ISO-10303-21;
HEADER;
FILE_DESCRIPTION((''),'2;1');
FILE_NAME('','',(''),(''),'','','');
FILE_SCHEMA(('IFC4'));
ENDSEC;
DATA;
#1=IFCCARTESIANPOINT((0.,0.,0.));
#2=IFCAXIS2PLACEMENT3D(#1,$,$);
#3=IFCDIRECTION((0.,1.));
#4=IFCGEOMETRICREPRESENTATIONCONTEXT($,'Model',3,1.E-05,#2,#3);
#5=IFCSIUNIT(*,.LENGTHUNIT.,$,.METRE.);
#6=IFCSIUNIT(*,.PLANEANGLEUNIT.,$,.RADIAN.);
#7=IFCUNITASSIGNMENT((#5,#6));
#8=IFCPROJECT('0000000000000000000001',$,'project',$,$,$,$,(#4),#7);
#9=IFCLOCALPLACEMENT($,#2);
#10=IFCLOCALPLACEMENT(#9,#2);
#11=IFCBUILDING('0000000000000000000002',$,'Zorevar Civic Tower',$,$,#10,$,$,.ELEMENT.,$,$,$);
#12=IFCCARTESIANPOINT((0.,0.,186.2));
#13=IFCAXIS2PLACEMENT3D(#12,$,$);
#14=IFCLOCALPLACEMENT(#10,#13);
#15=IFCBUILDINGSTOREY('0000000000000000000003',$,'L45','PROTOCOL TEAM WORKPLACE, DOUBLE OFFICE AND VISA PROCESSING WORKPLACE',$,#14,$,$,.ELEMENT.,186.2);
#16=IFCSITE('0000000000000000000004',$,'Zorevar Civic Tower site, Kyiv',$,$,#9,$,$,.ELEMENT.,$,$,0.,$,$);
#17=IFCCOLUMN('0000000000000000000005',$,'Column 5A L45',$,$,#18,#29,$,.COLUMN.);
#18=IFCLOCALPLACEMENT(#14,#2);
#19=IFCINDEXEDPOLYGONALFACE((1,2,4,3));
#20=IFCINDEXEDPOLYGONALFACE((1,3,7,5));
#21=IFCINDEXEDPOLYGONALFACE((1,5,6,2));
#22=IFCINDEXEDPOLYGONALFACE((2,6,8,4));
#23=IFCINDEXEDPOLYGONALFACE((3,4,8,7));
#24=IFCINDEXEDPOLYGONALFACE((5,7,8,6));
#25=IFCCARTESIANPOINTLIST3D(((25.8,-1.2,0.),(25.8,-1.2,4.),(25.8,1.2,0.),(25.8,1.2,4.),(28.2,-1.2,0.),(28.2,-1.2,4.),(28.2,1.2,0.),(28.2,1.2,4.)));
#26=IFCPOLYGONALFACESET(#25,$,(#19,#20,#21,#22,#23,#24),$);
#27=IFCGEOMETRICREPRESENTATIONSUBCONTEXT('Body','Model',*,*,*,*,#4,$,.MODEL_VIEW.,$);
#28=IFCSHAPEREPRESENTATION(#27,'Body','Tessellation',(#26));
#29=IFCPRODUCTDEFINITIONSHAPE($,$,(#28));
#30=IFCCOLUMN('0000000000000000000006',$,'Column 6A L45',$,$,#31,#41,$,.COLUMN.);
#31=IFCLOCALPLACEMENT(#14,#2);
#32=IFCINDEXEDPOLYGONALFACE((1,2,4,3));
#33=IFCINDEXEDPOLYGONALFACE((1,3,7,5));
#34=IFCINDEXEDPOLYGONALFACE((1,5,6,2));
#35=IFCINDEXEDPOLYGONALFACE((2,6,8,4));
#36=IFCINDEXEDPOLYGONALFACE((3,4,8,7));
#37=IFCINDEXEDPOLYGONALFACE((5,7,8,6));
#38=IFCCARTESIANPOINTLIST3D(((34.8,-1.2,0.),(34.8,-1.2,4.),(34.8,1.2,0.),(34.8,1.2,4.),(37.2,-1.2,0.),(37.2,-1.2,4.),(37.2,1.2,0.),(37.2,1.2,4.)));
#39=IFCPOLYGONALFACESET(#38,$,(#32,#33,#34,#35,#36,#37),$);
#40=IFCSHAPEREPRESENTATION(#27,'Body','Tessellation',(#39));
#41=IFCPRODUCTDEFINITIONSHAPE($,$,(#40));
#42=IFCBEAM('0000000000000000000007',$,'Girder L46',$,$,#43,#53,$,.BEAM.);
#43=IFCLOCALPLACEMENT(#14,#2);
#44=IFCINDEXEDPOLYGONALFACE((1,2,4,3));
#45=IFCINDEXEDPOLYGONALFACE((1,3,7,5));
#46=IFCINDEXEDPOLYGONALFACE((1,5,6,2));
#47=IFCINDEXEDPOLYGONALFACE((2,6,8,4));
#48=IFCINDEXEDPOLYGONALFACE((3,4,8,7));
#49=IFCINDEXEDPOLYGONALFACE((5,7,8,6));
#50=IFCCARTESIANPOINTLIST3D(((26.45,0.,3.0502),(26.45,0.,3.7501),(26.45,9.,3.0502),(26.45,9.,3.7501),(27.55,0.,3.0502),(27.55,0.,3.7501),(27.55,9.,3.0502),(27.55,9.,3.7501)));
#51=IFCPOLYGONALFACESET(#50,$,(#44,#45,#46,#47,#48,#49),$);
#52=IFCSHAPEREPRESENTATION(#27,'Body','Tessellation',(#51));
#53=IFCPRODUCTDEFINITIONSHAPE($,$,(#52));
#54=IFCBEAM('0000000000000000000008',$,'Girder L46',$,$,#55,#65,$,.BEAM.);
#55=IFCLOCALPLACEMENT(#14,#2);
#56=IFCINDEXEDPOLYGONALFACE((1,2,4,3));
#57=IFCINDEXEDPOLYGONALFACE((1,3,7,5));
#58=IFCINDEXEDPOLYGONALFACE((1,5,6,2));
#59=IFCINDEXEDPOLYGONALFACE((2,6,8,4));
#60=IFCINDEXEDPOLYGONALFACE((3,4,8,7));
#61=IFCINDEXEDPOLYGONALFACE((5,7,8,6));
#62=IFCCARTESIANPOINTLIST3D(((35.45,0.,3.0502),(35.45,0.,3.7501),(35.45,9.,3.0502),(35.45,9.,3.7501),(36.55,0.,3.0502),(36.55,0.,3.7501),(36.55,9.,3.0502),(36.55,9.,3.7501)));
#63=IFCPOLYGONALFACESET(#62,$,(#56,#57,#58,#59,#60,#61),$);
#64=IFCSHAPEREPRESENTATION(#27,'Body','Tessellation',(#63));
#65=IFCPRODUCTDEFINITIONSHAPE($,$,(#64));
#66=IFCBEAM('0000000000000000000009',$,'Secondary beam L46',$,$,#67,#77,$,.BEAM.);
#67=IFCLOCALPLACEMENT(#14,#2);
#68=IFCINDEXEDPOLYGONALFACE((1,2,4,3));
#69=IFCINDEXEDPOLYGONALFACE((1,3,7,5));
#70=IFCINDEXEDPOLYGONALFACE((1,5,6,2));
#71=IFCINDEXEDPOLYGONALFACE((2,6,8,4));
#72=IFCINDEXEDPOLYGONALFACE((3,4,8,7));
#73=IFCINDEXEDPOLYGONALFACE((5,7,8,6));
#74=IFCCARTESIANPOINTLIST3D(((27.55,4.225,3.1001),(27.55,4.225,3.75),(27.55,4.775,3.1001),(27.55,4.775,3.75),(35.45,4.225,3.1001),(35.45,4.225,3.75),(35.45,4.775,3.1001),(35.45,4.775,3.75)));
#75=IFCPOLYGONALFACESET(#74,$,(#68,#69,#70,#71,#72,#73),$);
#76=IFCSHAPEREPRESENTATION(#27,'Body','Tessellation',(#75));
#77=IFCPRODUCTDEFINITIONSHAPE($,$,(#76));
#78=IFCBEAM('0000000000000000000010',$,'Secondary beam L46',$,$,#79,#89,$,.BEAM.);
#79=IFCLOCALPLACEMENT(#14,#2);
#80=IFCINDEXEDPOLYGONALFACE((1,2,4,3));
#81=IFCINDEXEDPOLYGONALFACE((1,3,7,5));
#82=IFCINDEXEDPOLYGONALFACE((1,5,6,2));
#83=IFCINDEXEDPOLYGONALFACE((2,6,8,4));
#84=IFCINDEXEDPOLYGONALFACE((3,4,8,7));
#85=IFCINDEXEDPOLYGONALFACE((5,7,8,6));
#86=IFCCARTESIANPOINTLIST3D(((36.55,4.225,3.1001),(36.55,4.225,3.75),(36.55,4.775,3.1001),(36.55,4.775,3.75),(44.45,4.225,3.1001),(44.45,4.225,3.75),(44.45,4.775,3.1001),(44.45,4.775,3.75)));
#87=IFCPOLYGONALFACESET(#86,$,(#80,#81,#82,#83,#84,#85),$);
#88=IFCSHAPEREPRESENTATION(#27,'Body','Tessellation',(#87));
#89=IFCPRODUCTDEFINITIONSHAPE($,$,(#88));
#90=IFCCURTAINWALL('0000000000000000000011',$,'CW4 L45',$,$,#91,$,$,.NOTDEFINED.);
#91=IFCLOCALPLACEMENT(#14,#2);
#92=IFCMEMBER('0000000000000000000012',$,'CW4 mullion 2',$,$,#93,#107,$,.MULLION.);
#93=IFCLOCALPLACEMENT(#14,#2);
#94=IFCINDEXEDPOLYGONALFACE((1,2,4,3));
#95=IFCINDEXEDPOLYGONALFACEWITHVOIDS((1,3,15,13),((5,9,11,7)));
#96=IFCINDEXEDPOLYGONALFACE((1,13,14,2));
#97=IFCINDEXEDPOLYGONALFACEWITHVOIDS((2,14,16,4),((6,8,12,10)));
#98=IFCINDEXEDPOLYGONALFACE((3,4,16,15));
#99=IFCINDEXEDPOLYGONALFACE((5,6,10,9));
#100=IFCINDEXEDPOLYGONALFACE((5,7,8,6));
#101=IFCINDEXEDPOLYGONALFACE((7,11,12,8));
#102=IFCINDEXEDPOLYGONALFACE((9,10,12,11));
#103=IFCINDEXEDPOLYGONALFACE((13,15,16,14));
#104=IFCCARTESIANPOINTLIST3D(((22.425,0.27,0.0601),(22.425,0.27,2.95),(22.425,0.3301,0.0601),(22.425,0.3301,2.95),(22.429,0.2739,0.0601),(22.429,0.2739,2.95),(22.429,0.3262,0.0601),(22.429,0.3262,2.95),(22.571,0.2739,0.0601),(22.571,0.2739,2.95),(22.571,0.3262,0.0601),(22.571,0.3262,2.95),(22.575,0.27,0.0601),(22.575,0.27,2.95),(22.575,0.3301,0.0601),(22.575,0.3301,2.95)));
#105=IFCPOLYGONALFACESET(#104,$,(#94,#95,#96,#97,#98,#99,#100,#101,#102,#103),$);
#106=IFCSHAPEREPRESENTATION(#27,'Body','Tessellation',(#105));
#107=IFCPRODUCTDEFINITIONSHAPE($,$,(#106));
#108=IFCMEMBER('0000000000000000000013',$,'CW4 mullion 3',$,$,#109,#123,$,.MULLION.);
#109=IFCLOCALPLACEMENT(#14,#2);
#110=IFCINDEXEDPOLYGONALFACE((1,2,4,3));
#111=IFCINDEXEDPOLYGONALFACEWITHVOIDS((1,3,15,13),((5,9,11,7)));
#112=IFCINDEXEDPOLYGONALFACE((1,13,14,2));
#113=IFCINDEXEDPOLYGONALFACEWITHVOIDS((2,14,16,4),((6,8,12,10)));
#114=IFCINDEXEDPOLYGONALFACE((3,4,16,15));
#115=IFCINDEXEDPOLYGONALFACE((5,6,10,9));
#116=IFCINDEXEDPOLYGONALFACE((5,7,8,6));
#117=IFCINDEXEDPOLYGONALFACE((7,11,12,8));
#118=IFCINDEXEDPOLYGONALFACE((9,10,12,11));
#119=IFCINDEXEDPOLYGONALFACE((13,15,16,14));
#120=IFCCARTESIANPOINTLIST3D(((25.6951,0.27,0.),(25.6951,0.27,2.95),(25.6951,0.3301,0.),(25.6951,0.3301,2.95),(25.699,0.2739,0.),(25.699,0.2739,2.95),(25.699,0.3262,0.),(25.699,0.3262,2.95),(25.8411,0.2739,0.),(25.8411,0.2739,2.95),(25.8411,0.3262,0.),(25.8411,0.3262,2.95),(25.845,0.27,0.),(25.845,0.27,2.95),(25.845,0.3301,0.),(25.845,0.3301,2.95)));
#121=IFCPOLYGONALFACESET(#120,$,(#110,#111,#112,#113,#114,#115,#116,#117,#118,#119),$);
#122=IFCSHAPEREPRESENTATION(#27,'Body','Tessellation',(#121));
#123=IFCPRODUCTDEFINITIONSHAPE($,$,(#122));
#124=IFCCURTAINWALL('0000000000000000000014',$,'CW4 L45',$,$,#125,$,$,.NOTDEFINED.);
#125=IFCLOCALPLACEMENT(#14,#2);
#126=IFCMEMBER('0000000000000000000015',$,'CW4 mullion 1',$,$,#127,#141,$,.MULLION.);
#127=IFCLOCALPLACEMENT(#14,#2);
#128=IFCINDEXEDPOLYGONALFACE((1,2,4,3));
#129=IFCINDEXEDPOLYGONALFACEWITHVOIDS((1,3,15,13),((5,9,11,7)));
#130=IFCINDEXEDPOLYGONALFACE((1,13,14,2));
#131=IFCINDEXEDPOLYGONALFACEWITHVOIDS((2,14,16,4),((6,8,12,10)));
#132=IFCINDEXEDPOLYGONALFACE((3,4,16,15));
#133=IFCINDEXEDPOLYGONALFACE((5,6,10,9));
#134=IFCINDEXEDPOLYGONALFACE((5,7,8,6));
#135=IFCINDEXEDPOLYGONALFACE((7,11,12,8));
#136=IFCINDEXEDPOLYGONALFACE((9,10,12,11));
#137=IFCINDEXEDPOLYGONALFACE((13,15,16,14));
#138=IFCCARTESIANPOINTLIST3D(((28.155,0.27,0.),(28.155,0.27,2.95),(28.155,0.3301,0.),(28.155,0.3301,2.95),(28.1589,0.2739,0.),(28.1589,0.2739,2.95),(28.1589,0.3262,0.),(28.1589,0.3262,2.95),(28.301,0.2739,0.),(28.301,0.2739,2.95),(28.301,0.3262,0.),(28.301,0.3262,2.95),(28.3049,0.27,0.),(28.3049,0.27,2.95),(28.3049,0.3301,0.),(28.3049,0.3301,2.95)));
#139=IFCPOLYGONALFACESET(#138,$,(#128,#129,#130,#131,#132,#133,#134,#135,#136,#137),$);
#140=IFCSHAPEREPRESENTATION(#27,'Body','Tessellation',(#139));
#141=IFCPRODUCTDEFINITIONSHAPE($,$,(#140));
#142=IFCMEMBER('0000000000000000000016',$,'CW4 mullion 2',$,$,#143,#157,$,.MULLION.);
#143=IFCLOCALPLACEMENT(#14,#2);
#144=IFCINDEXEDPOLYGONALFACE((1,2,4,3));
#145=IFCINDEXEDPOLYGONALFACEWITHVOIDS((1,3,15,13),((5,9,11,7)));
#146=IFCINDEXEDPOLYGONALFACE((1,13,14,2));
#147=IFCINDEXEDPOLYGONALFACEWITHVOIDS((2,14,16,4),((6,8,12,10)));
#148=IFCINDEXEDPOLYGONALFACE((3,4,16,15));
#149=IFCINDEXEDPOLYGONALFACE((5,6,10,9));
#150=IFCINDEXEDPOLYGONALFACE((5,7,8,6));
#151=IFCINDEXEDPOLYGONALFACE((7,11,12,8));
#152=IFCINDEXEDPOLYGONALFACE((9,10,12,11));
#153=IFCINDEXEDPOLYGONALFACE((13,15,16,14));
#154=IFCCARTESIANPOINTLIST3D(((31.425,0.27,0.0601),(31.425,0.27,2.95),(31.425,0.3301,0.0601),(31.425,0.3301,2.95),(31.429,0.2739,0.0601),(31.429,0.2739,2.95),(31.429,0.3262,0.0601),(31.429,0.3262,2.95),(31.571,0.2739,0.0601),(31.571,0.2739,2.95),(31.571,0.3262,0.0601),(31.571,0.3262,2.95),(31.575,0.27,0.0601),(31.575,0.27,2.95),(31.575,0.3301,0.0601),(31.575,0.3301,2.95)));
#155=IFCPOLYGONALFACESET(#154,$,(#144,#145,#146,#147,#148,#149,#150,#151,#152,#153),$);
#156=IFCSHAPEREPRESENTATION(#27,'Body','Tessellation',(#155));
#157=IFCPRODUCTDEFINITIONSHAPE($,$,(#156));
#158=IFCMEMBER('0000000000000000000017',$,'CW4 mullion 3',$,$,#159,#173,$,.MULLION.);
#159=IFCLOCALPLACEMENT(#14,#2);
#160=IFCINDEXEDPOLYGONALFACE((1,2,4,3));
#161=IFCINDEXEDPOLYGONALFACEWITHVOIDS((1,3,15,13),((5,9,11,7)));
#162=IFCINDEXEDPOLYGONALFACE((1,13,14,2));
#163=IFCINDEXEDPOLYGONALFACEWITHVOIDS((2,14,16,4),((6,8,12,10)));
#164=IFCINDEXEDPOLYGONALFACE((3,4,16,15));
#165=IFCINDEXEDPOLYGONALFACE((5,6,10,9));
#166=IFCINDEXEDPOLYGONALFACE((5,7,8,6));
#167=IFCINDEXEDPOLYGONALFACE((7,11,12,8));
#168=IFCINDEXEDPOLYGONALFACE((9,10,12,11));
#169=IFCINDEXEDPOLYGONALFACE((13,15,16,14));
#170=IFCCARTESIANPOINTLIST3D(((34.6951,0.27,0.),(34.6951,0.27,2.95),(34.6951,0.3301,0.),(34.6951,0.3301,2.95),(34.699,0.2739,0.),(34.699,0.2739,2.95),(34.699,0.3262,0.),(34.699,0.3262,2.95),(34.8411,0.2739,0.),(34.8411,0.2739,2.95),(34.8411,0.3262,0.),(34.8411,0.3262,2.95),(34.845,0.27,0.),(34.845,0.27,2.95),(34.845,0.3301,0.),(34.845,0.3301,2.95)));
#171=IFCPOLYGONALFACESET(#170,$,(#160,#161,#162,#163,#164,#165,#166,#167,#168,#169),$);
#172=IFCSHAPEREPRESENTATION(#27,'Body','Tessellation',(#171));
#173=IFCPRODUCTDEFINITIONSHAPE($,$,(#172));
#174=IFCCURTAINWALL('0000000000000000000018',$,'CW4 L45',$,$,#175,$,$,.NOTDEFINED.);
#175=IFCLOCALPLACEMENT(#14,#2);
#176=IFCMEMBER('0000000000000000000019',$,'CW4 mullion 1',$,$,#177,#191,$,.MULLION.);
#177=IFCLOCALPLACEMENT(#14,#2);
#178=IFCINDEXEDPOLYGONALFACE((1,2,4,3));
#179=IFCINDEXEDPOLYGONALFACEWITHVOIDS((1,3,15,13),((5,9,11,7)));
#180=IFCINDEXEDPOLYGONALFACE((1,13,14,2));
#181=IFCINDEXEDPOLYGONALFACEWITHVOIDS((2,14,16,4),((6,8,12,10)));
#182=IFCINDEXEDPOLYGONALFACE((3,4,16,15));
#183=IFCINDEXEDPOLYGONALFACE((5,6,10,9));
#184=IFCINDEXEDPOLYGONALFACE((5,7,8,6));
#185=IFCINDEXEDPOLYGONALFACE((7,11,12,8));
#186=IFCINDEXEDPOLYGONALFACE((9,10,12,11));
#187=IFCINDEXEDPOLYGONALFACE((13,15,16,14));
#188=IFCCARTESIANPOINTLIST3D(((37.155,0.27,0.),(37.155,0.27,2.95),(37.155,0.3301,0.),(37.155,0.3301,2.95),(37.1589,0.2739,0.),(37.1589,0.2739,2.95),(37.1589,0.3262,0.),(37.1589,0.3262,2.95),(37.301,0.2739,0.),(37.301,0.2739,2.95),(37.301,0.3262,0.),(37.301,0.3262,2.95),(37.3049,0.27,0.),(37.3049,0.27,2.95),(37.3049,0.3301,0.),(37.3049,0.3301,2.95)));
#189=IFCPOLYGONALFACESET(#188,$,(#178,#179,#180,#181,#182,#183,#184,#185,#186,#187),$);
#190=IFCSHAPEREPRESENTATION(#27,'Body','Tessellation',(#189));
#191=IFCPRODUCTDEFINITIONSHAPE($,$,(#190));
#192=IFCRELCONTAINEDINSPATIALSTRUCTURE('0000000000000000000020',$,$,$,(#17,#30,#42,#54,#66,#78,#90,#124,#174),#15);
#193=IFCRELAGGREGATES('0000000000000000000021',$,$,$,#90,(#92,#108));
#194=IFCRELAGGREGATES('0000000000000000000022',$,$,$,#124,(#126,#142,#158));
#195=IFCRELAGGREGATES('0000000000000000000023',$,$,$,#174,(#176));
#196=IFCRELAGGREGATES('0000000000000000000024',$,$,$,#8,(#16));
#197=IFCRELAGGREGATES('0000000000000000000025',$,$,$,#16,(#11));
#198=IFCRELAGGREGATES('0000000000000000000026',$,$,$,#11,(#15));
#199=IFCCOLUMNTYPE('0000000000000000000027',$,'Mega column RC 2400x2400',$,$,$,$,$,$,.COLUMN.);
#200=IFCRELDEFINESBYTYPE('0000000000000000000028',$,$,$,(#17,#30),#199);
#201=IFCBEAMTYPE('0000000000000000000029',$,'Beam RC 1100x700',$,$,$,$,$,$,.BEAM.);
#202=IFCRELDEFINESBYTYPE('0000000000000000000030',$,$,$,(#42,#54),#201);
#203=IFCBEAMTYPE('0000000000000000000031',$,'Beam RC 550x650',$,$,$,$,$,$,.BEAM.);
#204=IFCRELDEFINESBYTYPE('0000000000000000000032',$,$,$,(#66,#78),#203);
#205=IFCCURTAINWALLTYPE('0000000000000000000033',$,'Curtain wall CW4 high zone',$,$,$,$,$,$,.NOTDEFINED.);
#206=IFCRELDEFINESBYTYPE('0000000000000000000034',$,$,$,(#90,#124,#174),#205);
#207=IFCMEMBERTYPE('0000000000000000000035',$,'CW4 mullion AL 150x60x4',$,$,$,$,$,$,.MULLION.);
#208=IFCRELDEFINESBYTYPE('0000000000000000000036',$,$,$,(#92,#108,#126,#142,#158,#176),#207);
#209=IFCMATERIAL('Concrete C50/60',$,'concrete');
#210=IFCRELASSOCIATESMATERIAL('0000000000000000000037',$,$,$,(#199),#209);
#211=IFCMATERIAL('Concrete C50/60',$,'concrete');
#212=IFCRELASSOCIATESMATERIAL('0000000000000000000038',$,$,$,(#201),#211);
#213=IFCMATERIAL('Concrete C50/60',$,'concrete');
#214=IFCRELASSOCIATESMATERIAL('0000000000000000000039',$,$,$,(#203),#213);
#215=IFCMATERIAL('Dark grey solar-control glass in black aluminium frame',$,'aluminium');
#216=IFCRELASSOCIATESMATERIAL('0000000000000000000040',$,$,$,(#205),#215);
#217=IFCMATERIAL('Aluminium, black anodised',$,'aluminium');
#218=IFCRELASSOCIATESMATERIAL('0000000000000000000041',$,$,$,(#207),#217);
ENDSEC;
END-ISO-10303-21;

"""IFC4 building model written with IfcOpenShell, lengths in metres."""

from ifc_helpers import new_model, si_unit, direction, frame, origin, origin_2d, place, context, subcontext, project, spatial, rectangle, hollow_rectangle, extrude, material, material_profile, profile_set, type_object, element, aggregate, save


model = new_model("IFC4")

# Units and contexts
model_context = context("Model", 3, precision=1e-05, world=origin(), true_north=direction((0.0, 1.0)))
body_context = subcontext(model_context, "Body", "Model", "MODEL_VIEW")
ifc_project = project(units=[si_unit("LENGTHUNIT", "METRE"), si_unit("PLANEANGLEUNIT", "RADIAN")], contexts=[model_context])

# Site, building, storey
site_placement = place(None, origin())
site = spatial("IfcSite", under=ifc_project, at=site_placement, Name="Zorevar Civic Tower site, Kyiv", CompositionType="ELEMENT", RefElevation=0.0)
building_placement = place(site_placement, origin())
building = spatial("IfcBuilding", under=site, at=building_placement, Name="Zorevar Civic Tower", CompositionType="ELEMENT")
storey_placement = place(building_placement, frame((0.0, 0.0, 186.2)))
storey = spatial("IfcBuildingStorey", under=building, at=storey_placement, Name="L45", Description="PROTOCOL TEAM WORKPLACE, DOUBLE OFFICE AND VISA PROCESSING WORKPLACE", CompositionType="ELEMENT", Elevation=186.2)

# Columns
ifc_material_1 = material(Name="Concrete C50/60", Category="concrete")
ifc_material_profile_1 = material_profile(ifc_material_1, rectangle(XDim=2.3999, YDim=2.3999, at=origin_2d()), Name="RC 2400x2400")
ifc_profile_set_1 = profile_set([ifc_material_profile_1], Name="Concrete C50/60")
column_type = type_object("IfcColumnType", Name="Mega column RC 2400x2400", PredefinedType="COLUMN", material=ifc_profile_set_1)
for number, where, z_axis, x_axis, name in (
    (1, (27.0, 0.0, 0.0), (0.0, 0.0, 1.0), (1.0, 0.0, 0.0), "Column 5A L45"),
    (2, (36.0, 0.0, 0.0), (0.0, 0.0, 1.0), (1.0, 0.0, 0.0), "Column 6A L45"),
):
    element("IfcColumn", number, at=place(storey_placement, frame(where, z_axis=z_axis, x_axis=x_axis)), inside=storey, type_object=column_type, Name=name, PredefinedType="COLUMN", context=body_context, shape_type="SweptSolid", body=[
        extrude(rectangle(XDim=2.3999, YDim=2.3999, at=origin_2d()), origin(), (0.0, 0.0, 1.0), 4.0),
    ])

# Beams
ifc_material_2 = material(Name="Concrete C50/60", Category="concrete")
ifc_material_profile_2 = material_profile(ifc_material_2, rectangle(XDim=1.1001, YDim=0.7, at=origin_2d()), Name="RC 1100x700")
ifc_profile_set_2 = profile_set([ifc_material_profile_2], Name="Concrete C50/60")
beam_type_1 = type_object("IfcBeamType", Name="Beam RC 1100x700", PredefinedType="BEAM", material=ifc_profile_set_2)
for number, where, z_axis, x_axis, name in (
    (3, (27.0, 0.0, 3.4001), (0.0, 1.0, 0.0), (-1.0, 0.0, 0.0), "Girder L46"),
    (4, (36.0, 0.0, 3.4001), (0.0, 1.0, 0.0), (-1.0, 0.0, 0.0), "Girder L46"),
):
    element("IfcBeam", number, at=place(storey_placement, frame(where, z_axis=z_axis, x_axis=x_axis)), inside=storey, type_object=beam_type_1, Name=name, PredefinedType="BEAM", context=body_context, shape_type="SweptSolid", body=[
        extrude(rectangle(XDim=1.1001, YDim=0.7, at=origin_2d()), origin(), (0.0, 0.0, 1.0), 9.0),
    ])
ifc_material_3 = material(Name="Concrete C50/60", Category="concrete")
ifc_material_profile_3 = material_profile(ifc_material_3, rectangle(XDim=0.55, YDim=0.6499, at=origin_2d()), Name="RC 550x650")
ifc_profile_set_3 = profile_set([ifc_material_profile_3], Name="Concrete C50/60")
beam_type_2 = type_object("IfcBeamType", Name="Beam RC 550x650", PredefinedType="BEAM", material=ifc_profile_set_3)
for number, where, z_axis, x_axis, name in (
    (5, (27.55, 4.5, 3.425), (1.0, 0.0, 0.0), (0.0, 1.0, 0.0), "Secondary beam L46"),
    (6, (36.55, 4.5, 3.425), (1.0, 0.0, 0.0), (0.0, 1.0, 0.0), "Secondary beam L46"),
):
    element("IfcBeam", number, at=place(storey_placement, frame(where, z_axis=z_axis, x_axis=x_axis)), inside=storey, type_object=beam_type_2, Name=name, PredefinedType="BEAM", context=body_context, shape_type="SweptSolid", body=[
        extrude(rectangle(XDim=0.55, YDim=0.6499, at=origin_2d()), origin(), (0.0, 0.0, 1.0), 7.8999),
    ])

# Curtain walls, members
ifc_material_4 = material(Name="Dark grey solar-control glass in black aluminium frame", Category="aluminium")
curtain_wall_type = type_object("IfcCurtainWallType", Name="Curtain wall CW4 high zone", PredefinedType="NOTDEFINED", material=ifc_material_4)
curtain_wall_1_placement = place(storey_placement, origin())
curtain_wall_1 = element("IfcCurtainWall", 7, at=curtain_wall_1_placement, inside=storey, type_object=curtain_wall_type, Name="CW4 L45", PredefinedType="NOTDEFINED")
ifc_material_5 = material(Name="Aluminium, black anodised", Category="aluminium")
ifc_material_profile_4 = material_profile(ifc_material_5, hollow_rectangle(XDim=0.0601, YDim=0.1499, WallThickness=0.0039, at=origin_2d()), Name="AL 150x60x4")
ifc_profile_set_4 = profile_set([ifc_material_profile_4], Name="Aluminium, black anodised")
member_type_1 = type_object("IfcMemberType", Name="CW4 mullion AL 150x60x4", PredefinedType="MULLION", material=ifc_profile_set_4)
member_1_placement = place(storey_placement, frame((22.5, 0.3, 0.0601), z_axis=(0.0, 0.0, 1.0), x_axis=(0.0, 1.0, 0.0)))
member_1 = element("IfcMember", 8, at=member_1_placement, type_object=member_type_1, Name="CW4 mullion 2", PredefinedType="MULLION", context=body_context, shape_type="SweptSolid", body=[
    extrude(hollow_rectangle(XDim=0.0601, YDim=0.1499, WallThickness=0.0039, at=origin_2d()), origin(), (0.0, 0.0, 1.0), 2.8899),
])
member_2_placement = place(storey_placement, frame((25.77, 0.3, 0.0), z_axis=(0.0, 0.0, 1.0), x_axis=(0.0, 1.0, 0.0)))
member_2 = element("IfcMember", 9, at=member_2_placement, type_object=member_type_1, Name="CW4 mullion 3", PredefinedType="MULLION", context=body_context, shape_type="SweptSolid", body=[
    extrude(hollow_rectangle(XDim=0.0601, YDim=0.1499, WallThickness=0.0039, at=origin_2d()), origin(), (0.0, 0.0, 1.0), 2.95),
])
curtain_wall_2_placement = place(storey_placement, origin())
curtain_wall_2 = element("IfcCurtainWall", 10, at=curtain_wall_2_placement, inside=storey, type_object=curtain_wall_type, Name="CW4 L45", PredefinedType="NOTDEFINED")
member_3_placement = place(storey_placement, frame((28.23, 0.3, 0.0), z_axis=(0.0, 0.0, 1.0), x_axis=(0.0, 1.0, 0.0)))
member_3 = element("IfcMember", 11, at=member_3_placement, type_object=member_type_1, Name="CW4 mullion 1", PredefinedType="MULLION", context=body_context, shape_type="SweptSolid", body=[
    extrude(hollow_rectangle(XDim=0.0601, YDim=0.1499, WallThickness=0.0039, at=origin_2d()), origin(), (0.0, 0.0, 1.0), 2.95),
])
member_4_placement = place(storey_placement, frame((31.5, 0.3, 0.0601), z_axis=(0.0, 0.0, 1.0), x_axis=(0.0, 1.0, 0.0)))
member_4 = element("IfcMember", 12, at=member_4_placement, type_object=member_type_1, Name="CW4 mullion 2", PredefinedType="MULLION", context=body_context, shape_type="SweptSolid", body=[
    extrude(hollow_rectangle(XDim=0.0601, YDim=0.1499, WallThickness=0.0039, at=origin_2d()), origin(), (0.0, 0.0, 1.0), 2.8899),
])
member_5_placement = place(storey_placement, frame((34.77, 0.3, 0.0), z_axis=(0.0, 0.0, 1.0), x_axis=(0.0, 1.0, 0.0)))
member_5 = element("IfcMember", 13, at=member_5_placement, type_object=member_type_1, Name="CW4 mullion 3", PredefinedType="MULLION", context=body_context, shape_type="SweptSolid", body=[
    extrude(hollow_rectangle(XDim=0.0601, YDim=0.1499, WallThickness=0.0039, at=origin_2d()), origin(), (0.0, 0.0, 1.0), 2.95),
])

# Curtain wall, member
curtain_wall_3_placement = place(storey_placement, origin())
curtain_wall_3 = element("IfcCurtainWall", 14, at=curtain_wall_3_placement, inside=storey, type_object=curtain_wall_type, Name="CW4 L45", PredefinedType="NOTDEFINED")
member_6_placement = place(storey_placement, frame((37.23, 0.3, 0.0), z_axis=(0.0, 0.0, 1.0), x_axis=(0.0, 1.0, 0.0)))
member_6 = element("IfcMember", 15, at=member_6_placement, type_object=member_type_1, Name="CW4 mullion 1", PredefinedType="MULLION", context=body_context, shape_type="SweptSolid", body=[
    extrude(hollow_rectangle(XDim=0.0601, YDim=0.1499, WallThickness=0.0039, at=origin_2d()), origin(), (0.0, 0.0, 1.0), 2.95),
])

aggregate(curtain_wall_1, [member_1, member_2])
aggregate(curtain_wall_2, [member_3, member_4, member_5])
aggregate(curtain_wall_3, [member_6])

save(model, "model.ifc")
